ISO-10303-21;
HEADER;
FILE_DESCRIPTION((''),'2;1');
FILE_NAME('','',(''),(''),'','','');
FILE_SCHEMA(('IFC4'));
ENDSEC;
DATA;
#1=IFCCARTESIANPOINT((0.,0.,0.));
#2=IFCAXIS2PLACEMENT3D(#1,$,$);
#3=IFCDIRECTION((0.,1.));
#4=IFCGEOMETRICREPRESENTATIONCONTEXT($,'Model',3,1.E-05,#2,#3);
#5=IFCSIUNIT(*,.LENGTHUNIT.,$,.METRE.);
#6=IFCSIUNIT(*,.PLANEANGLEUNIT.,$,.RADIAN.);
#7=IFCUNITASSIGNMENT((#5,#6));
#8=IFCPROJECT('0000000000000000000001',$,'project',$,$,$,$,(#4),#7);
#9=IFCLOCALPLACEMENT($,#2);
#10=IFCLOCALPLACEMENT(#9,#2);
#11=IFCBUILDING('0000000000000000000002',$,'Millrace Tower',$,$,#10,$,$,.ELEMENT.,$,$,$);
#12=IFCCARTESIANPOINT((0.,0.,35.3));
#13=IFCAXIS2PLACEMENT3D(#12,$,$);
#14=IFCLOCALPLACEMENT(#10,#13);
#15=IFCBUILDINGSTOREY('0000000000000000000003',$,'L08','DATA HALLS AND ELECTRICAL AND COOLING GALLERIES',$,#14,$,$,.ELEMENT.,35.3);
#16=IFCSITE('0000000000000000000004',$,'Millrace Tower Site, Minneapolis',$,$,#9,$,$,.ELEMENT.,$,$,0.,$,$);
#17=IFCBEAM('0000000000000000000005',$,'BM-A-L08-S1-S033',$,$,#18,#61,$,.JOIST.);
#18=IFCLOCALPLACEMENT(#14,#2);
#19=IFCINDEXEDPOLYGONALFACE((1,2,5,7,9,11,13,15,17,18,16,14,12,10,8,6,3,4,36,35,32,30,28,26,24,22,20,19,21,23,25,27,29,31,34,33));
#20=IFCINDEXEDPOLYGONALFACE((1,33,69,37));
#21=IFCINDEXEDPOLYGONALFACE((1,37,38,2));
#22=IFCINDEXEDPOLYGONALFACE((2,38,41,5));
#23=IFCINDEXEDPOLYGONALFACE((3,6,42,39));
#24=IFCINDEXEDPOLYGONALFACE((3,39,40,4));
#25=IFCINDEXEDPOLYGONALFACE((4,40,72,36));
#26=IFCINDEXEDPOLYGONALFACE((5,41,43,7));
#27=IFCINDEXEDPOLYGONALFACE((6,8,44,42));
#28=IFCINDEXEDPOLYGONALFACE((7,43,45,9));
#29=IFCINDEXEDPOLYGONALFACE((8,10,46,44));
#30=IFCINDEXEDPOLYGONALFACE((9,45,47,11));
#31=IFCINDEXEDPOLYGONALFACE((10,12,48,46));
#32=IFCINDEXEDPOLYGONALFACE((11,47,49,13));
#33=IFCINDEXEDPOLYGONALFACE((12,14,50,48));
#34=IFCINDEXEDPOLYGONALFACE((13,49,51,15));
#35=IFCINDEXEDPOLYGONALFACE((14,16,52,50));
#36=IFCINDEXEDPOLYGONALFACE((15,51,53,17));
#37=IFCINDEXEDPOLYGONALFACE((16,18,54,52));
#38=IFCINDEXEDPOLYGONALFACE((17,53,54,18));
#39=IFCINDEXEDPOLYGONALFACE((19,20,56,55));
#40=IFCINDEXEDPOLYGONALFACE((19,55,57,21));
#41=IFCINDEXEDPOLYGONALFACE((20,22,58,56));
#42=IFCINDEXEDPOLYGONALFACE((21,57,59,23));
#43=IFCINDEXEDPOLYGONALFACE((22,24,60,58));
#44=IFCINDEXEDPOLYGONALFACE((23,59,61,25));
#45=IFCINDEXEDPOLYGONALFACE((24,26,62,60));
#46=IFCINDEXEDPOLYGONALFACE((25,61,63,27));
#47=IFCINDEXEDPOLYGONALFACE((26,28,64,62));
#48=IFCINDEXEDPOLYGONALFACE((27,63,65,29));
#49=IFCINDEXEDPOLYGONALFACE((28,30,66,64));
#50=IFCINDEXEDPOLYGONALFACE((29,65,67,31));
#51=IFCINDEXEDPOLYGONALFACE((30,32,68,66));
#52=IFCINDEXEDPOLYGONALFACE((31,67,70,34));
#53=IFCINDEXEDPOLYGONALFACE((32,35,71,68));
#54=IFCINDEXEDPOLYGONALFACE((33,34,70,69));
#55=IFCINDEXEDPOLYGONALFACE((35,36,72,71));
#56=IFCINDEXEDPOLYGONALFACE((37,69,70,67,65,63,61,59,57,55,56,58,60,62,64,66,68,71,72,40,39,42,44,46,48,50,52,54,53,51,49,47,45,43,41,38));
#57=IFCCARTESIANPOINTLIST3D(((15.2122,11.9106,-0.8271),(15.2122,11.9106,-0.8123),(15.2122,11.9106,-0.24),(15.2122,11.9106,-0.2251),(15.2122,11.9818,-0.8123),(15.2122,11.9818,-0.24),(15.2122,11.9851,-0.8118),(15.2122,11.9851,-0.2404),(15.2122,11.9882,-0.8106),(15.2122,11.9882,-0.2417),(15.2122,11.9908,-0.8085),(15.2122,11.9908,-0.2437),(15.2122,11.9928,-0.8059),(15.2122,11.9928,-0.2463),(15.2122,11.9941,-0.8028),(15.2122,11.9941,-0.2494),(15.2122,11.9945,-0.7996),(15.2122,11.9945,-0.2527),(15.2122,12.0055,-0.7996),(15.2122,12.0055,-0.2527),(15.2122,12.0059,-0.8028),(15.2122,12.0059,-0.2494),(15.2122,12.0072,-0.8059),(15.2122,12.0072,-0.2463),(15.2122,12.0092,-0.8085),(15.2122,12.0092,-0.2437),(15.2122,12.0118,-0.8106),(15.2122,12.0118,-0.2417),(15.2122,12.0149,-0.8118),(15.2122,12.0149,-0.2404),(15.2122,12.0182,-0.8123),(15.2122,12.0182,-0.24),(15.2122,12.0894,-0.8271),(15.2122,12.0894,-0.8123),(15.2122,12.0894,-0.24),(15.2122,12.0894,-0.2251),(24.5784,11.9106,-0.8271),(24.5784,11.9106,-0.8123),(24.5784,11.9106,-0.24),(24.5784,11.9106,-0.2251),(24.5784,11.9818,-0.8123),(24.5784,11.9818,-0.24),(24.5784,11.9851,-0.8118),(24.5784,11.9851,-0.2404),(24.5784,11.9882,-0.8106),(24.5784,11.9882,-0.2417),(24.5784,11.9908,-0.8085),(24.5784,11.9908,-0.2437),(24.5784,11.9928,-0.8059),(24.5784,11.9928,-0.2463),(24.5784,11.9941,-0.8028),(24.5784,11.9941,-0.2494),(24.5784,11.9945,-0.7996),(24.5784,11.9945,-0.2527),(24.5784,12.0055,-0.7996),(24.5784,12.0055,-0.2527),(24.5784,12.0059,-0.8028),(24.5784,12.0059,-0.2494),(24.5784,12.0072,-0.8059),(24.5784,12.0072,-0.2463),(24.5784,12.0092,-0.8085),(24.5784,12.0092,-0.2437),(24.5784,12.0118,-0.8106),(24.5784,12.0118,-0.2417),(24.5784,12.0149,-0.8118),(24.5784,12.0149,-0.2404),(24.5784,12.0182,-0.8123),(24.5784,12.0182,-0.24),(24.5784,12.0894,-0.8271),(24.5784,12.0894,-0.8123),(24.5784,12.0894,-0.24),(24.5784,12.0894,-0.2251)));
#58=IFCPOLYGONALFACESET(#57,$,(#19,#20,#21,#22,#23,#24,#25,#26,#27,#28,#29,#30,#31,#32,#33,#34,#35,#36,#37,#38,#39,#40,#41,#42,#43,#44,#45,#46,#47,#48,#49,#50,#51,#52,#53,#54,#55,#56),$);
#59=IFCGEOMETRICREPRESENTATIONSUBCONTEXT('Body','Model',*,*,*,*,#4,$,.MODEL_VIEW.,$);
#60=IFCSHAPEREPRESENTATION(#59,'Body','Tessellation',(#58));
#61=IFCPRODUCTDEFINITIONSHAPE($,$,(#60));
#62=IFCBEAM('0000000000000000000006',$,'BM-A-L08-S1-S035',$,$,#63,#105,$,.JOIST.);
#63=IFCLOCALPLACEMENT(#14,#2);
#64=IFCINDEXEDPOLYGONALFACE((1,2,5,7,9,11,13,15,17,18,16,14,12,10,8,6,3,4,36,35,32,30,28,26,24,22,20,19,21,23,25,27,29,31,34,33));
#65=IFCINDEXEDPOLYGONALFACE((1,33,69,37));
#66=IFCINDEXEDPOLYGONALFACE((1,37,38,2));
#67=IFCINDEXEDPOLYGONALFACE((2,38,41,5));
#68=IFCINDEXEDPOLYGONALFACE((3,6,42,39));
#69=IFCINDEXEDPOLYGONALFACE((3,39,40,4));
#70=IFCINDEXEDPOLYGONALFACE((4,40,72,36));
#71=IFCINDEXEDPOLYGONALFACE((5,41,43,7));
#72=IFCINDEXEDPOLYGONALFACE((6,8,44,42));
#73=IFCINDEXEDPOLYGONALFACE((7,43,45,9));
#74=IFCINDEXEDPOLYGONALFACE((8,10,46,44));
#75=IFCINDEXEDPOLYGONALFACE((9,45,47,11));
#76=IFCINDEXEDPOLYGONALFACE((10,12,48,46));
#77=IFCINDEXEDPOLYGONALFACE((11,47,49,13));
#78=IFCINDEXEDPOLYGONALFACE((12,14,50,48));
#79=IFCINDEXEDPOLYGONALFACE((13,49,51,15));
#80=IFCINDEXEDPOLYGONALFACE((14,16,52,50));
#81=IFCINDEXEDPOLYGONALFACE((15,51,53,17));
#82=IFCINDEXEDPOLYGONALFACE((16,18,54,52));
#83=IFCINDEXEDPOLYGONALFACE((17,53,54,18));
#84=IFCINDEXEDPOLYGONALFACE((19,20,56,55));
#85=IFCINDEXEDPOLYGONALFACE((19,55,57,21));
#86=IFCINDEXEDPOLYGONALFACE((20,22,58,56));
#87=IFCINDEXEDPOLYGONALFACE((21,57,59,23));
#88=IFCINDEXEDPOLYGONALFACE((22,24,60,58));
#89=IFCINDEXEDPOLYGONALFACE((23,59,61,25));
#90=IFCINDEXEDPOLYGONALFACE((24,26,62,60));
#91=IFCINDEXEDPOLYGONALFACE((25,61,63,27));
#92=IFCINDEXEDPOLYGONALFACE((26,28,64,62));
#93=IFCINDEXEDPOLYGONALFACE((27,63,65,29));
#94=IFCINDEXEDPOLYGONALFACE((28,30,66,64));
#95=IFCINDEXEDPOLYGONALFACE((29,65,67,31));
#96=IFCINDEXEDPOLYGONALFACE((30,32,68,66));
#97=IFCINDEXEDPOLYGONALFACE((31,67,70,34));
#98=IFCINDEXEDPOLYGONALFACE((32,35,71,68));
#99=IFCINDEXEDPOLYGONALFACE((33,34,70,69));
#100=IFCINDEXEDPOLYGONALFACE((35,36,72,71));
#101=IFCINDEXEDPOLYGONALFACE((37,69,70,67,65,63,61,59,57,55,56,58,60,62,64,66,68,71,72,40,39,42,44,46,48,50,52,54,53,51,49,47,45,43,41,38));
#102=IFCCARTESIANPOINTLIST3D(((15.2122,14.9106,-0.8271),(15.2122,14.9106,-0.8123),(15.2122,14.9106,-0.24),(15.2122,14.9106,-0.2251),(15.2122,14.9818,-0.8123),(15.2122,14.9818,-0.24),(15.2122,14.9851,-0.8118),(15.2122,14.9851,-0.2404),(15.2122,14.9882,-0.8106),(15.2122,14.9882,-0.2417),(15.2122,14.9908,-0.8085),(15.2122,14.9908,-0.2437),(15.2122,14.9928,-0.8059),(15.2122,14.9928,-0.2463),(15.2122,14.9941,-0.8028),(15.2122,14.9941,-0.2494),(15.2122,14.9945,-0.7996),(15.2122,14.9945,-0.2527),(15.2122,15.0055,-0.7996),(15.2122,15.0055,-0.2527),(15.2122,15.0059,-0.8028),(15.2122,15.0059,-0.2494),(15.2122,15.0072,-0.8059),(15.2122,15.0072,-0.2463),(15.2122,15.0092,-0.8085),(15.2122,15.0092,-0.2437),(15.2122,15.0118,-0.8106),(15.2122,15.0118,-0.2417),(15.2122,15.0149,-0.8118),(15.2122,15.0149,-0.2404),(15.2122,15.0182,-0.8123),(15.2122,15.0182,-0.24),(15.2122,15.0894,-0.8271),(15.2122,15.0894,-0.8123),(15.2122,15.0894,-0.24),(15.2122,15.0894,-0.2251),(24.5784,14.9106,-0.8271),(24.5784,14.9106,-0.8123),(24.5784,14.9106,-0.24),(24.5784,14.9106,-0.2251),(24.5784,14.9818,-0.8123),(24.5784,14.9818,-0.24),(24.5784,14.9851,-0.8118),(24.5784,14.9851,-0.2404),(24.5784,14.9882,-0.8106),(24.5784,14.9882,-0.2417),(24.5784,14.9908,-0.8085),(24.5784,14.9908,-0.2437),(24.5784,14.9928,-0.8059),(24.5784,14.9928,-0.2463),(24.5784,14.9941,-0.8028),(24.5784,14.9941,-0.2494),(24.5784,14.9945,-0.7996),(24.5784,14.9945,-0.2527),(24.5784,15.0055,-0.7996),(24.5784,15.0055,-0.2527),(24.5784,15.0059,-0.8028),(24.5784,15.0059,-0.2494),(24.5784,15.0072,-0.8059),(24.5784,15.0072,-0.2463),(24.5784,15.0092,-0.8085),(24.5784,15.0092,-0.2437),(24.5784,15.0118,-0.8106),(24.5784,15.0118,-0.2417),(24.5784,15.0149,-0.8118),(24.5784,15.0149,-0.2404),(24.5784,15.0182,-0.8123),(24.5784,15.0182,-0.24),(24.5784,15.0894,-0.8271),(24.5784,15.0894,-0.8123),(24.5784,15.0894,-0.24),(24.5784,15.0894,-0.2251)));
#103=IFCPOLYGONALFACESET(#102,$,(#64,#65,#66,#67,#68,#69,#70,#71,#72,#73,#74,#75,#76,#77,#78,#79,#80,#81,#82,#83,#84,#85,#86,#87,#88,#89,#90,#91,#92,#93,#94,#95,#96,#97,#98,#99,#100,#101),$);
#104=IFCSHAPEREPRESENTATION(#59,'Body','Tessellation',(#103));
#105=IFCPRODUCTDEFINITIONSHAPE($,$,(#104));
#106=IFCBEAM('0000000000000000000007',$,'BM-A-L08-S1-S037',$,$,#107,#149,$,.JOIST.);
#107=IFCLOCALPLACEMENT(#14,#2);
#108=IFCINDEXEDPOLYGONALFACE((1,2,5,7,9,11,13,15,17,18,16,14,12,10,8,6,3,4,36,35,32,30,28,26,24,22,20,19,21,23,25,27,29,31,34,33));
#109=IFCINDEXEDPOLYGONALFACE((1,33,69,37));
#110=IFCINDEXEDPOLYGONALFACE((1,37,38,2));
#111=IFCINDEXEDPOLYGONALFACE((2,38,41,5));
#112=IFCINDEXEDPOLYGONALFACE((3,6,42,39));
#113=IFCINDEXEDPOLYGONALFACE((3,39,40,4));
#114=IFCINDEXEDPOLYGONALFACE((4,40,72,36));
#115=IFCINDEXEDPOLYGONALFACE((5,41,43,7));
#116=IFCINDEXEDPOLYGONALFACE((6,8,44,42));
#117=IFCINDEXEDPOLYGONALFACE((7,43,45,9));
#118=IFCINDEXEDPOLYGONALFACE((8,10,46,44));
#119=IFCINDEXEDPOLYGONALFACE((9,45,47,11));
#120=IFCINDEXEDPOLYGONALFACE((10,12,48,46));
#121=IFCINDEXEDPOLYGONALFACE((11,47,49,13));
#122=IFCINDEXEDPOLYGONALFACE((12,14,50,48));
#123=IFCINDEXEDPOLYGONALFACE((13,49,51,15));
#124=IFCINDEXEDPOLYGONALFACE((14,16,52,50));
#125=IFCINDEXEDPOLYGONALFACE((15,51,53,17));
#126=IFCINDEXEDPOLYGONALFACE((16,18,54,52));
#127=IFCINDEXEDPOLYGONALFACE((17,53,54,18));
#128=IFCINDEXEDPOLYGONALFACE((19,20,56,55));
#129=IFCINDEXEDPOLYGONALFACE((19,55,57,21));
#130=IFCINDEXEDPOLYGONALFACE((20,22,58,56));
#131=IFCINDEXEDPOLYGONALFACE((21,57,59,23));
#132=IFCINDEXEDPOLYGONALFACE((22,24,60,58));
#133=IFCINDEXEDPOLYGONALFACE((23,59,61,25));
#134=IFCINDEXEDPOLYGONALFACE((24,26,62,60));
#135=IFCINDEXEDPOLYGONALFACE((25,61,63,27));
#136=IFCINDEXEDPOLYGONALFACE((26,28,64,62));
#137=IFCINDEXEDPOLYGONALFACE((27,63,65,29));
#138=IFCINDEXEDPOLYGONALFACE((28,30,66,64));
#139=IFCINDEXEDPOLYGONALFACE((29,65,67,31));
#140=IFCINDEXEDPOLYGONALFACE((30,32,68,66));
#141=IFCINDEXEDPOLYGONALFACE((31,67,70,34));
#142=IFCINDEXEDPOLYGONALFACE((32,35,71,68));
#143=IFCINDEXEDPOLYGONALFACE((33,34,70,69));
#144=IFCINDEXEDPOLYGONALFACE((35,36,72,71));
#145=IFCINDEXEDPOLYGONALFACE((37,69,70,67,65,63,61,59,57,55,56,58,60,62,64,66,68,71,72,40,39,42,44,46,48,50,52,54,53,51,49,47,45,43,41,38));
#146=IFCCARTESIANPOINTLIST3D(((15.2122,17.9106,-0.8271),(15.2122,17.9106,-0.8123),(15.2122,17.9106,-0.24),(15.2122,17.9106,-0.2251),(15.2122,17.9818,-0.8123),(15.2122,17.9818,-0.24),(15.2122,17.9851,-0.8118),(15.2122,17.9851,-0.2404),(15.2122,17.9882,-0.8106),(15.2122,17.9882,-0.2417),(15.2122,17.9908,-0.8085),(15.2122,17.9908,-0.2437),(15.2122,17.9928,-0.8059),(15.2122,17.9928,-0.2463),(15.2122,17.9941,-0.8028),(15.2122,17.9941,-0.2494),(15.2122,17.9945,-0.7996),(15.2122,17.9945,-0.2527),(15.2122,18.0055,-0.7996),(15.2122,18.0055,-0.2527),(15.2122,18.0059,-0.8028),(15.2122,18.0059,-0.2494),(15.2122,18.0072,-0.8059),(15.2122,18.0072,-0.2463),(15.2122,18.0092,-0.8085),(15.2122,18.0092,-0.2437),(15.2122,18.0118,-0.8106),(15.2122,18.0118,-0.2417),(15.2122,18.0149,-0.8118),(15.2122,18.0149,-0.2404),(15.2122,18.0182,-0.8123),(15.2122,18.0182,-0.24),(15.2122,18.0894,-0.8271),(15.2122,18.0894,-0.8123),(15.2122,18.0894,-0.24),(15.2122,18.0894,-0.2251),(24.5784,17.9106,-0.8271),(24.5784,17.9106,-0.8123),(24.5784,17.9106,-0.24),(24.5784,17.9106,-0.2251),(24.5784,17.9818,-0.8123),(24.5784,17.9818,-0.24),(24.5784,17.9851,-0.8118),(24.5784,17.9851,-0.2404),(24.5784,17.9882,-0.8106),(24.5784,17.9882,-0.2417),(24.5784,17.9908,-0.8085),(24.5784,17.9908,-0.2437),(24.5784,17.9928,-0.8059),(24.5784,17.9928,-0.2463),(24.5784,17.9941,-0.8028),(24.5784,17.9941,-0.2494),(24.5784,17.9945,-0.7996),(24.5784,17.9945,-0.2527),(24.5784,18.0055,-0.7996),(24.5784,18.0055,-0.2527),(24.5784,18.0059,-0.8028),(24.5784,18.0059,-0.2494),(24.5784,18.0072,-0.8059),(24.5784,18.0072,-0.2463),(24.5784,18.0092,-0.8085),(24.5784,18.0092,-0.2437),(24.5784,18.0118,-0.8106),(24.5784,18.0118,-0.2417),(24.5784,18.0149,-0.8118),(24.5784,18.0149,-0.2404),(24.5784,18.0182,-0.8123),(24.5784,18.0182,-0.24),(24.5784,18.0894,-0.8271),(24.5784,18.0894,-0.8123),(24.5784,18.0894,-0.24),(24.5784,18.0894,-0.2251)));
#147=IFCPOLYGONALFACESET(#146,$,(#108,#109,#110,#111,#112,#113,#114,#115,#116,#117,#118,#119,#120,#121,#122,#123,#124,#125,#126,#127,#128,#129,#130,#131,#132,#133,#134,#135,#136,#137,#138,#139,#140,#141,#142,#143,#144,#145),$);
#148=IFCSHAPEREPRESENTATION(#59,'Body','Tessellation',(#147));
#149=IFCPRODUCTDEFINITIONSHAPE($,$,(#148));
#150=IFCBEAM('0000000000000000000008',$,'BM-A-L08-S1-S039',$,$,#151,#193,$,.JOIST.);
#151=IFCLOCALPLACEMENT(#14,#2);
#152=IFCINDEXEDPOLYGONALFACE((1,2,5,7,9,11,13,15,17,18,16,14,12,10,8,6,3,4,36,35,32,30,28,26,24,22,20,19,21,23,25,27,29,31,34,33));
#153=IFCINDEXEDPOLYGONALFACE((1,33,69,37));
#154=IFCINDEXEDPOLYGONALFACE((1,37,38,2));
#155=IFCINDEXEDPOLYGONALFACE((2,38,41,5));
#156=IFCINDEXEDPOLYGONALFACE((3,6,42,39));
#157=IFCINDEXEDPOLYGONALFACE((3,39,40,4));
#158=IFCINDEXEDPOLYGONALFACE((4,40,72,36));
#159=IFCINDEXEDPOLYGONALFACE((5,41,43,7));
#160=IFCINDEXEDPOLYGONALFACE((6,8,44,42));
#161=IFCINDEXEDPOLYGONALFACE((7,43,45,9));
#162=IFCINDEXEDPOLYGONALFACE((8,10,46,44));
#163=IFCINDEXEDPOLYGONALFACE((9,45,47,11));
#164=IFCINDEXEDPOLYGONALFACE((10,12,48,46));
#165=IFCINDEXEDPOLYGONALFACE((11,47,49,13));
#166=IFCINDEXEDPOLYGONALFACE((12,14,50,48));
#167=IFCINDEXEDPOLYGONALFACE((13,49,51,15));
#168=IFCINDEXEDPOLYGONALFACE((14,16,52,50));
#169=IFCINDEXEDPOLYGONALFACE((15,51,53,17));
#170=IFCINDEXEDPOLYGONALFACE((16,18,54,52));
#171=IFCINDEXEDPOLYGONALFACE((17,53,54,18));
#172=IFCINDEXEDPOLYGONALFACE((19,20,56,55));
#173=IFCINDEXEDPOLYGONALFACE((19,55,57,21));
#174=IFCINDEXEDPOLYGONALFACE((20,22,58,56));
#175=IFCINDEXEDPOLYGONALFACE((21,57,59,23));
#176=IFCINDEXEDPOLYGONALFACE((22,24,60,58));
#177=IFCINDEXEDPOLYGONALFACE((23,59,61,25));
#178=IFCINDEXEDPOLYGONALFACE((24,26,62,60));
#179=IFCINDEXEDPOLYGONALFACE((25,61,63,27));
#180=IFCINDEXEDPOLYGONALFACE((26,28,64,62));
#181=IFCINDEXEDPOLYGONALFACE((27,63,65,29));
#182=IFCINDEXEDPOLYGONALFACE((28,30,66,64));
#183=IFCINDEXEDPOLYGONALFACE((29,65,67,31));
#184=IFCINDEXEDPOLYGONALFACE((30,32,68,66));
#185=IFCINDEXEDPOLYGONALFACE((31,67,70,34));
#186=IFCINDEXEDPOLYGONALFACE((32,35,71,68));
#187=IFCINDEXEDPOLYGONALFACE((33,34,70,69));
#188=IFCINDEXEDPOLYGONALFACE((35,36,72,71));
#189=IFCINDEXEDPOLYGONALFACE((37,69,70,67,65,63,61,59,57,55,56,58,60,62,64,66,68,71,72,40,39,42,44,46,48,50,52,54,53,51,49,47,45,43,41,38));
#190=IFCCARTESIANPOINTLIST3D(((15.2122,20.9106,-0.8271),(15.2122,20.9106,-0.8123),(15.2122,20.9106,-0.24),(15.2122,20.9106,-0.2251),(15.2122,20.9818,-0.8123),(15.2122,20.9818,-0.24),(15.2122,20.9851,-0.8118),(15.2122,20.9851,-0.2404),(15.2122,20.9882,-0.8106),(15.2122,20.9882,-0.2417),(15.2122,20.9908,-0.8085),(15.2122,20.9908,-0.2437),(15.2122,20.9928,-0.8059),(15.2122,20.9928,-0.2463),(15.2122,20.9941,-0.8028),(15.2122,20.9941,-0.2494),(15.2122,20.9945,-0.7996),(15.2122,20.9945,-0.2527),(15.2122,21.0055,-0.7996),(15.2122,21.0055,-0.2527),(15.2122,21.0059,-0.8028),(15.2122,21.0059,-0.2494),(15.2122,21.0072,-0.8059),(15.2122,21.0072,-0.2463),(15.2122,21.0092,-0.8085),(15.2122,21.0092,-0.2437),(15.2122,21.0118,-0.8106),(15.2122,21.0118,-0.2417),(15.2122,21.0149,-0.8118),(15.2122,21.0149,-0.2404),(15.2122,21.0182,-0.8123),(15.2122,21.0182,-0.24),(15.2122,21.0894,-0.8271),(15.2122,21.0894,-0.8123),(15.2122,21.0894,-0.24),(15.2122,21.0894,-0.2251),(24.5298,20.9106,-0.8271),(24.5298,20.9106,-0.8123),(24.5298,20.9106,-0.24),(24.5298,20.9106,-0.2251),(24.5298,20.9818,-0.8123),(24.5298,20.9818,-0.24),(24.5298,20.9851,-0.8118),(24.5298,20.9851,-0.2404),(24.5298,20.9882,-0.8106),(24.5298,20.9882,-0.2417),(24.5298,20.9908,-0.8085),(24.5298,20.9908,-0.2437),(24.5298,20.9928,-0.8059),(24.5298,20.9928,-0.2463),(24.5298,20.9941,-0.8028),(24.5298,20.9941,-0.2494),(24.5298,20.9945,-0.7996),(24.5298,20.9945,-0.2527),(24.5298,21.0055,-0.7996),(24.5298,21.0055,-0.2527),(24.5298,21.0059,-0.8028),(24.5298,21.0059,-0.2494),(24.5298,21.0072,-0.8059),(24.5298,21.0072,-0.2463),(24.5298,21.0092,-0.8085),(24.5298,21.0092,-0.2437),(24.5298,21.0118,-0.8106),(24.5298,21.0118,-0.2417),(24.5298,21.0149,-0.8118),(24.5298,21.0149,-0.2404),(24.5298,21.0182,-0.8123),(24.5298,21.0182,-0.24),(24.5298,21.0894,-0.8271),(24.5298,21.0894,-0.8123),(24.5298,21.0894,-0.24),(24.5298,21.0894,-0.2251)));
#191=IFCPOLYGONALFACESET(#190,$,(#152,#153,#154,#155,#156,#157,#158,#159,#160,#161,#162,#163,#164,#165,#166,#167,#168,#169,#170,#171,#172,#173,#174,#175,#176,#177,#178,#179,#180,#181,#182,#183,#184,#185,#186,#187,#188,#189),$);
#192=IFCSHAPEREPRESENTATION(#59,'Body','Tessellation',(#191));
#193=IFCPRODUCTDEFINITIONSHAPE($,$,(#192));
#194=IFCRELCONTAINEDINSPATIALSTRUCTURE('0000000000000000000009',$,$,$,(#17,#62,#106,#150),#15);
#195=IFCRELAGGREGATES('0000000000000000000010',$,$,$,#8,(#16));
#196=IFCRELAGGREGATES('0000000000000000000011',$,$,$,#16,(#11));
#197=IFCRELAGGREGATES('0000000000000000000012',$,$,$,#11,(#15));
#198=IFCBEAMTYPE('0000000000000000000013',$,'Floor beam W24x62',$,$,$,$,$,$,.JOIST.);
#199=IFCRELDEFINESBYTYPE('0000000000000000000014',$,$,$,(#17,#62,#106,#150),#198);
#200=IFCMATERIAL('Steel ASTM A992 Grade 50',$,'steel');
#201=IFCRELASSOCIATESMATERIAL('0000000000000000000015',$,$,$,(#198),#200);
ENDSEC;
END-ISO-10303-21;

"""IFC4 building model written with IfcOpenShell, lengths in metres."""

from ifc_helpers import new_model, si_unit, direction, frame, origin, origin_2d, place, context, subcontext, project, spatial, i_section, extrude, material, material_profile, profile_set, type_object, element, save


model = new_model("IFC4")

# Units and contexts
model_context = context("Model", 3, precision=1e-05, world=origin(), true_north=direction((0.0, 1.0)))
body_context = subcontext(model_context, "Body", "Model", "MODEL_VIEW")
ifc_project = project(units=[si_unit("LENGTHUNIT", "METRE"), si_unit("PLANEANGLEUNIT", "RADIAN")], contexts=[model_context])

# Site, building, storey
site_placement = place(None, origin())
site = spatial("IfcSite", under=ifc_project, at=site_placement, Name="Millrace Tower Site, Minneapolis", CompositionType="ELEMENT", RefElevation=0.0)
building_placement = place(site_placement, origin())
building = spatial("IfcBuilding", under=site, at=building_placement, Name="Millrace Tower", CompositionType="ELEMENT")
storey_placement = place(building_placement, frame((0.0, 0.0, 35.3)))
storey = spatial("IfcBuildingStorey", under=building, at=storey_placement, Name="L08", Description="DATA HALLS AND ELECTRICAL AND COOLING GALLERIES", CompositionType="ELEMENT", Elevation=35.3)

# Beams
ifc_material_1 = material(Name="Steel ASTM A992 Grade 50", Category="steel")
ifc_material_profile_1 = material_profile(ifc_material_1, i_section(OverallWidth=0.1787, OverallDepth=0.6021, WebThickness=0.011, FlangeThickness=0.0149, FilletRadius=0.0127, at=origin_2d()))
ifc_profile_set_1 = profile_set([ifc_material_profile_1], Name="Steel ASTM A992 Grade 50")
beam_type_1 = type_object("IfcBeamType", Name="Floor beam W24x62", PredefinedType="JOIST", material=ifc_profile_set_1)
for number, where, z_axis, x_axis, name in (
    (1, (15.2122, 12.0, -0.5261), (1.0, 0.0, 0.0), (0.0, 1.0, 0.0), "BM-A-L08-S1-S033"),
    (2, (15.2122, 15.0, -0.5261), (1.0, 0.0, 0.0), (0.0, 1.0, 0.0), "BM-A-L08-S1-S035"),
    (3, (15.2122, 18.0, -0.5261), (1.0, 0.0, 0.0), (0.0, 1.0, 0.0), "BM-A-L08-S1-S037"),
):
    element("IfcBeam", number, at=place(storey_placement, frame(where, z_axis=z_axis, x_axis=x_axis)), inside=storey, type_object=beam_type_1, Name=name, PredefinedType="JOIST", context=body_context, shape_type="SweptSolid", body=[
        extrude(i_section(OverallWidth=0.1787, OverallDepth=0.6021, WebThickness=0.011, FlangeThickness=0.0149, FilletRadius=0.0127, at=origin_2d()), origin(), (0.0, 0.0, 1.0), 9.3662),
    ])
beam_1_placement = place(storey_placement, frame((15.2122, 21.0, -0.5261), z_axis=(1.0, 0.0, 0.0), x_axis=(0.0, 1.0, 0.0)))
element("IfcBeam", 4, at=beam_1_placement, inside=storey, type_object=beam_type_1, Name="BM-A-L08-S1-S039", PredefinedType="JOIST", context=body_context, shape_type="SweptSolid", body=[
    extrude(i_section(OverallWidth=0.1787, OverallDepth=0.6021, WebThickness=0.011, FlangeThickness=0.0149, FilletRadius=0.0127, at=origin_2d()), origin(), (0.0, 0.0, 1.0), 9.3176),
])

save(model, "model.ifc")
